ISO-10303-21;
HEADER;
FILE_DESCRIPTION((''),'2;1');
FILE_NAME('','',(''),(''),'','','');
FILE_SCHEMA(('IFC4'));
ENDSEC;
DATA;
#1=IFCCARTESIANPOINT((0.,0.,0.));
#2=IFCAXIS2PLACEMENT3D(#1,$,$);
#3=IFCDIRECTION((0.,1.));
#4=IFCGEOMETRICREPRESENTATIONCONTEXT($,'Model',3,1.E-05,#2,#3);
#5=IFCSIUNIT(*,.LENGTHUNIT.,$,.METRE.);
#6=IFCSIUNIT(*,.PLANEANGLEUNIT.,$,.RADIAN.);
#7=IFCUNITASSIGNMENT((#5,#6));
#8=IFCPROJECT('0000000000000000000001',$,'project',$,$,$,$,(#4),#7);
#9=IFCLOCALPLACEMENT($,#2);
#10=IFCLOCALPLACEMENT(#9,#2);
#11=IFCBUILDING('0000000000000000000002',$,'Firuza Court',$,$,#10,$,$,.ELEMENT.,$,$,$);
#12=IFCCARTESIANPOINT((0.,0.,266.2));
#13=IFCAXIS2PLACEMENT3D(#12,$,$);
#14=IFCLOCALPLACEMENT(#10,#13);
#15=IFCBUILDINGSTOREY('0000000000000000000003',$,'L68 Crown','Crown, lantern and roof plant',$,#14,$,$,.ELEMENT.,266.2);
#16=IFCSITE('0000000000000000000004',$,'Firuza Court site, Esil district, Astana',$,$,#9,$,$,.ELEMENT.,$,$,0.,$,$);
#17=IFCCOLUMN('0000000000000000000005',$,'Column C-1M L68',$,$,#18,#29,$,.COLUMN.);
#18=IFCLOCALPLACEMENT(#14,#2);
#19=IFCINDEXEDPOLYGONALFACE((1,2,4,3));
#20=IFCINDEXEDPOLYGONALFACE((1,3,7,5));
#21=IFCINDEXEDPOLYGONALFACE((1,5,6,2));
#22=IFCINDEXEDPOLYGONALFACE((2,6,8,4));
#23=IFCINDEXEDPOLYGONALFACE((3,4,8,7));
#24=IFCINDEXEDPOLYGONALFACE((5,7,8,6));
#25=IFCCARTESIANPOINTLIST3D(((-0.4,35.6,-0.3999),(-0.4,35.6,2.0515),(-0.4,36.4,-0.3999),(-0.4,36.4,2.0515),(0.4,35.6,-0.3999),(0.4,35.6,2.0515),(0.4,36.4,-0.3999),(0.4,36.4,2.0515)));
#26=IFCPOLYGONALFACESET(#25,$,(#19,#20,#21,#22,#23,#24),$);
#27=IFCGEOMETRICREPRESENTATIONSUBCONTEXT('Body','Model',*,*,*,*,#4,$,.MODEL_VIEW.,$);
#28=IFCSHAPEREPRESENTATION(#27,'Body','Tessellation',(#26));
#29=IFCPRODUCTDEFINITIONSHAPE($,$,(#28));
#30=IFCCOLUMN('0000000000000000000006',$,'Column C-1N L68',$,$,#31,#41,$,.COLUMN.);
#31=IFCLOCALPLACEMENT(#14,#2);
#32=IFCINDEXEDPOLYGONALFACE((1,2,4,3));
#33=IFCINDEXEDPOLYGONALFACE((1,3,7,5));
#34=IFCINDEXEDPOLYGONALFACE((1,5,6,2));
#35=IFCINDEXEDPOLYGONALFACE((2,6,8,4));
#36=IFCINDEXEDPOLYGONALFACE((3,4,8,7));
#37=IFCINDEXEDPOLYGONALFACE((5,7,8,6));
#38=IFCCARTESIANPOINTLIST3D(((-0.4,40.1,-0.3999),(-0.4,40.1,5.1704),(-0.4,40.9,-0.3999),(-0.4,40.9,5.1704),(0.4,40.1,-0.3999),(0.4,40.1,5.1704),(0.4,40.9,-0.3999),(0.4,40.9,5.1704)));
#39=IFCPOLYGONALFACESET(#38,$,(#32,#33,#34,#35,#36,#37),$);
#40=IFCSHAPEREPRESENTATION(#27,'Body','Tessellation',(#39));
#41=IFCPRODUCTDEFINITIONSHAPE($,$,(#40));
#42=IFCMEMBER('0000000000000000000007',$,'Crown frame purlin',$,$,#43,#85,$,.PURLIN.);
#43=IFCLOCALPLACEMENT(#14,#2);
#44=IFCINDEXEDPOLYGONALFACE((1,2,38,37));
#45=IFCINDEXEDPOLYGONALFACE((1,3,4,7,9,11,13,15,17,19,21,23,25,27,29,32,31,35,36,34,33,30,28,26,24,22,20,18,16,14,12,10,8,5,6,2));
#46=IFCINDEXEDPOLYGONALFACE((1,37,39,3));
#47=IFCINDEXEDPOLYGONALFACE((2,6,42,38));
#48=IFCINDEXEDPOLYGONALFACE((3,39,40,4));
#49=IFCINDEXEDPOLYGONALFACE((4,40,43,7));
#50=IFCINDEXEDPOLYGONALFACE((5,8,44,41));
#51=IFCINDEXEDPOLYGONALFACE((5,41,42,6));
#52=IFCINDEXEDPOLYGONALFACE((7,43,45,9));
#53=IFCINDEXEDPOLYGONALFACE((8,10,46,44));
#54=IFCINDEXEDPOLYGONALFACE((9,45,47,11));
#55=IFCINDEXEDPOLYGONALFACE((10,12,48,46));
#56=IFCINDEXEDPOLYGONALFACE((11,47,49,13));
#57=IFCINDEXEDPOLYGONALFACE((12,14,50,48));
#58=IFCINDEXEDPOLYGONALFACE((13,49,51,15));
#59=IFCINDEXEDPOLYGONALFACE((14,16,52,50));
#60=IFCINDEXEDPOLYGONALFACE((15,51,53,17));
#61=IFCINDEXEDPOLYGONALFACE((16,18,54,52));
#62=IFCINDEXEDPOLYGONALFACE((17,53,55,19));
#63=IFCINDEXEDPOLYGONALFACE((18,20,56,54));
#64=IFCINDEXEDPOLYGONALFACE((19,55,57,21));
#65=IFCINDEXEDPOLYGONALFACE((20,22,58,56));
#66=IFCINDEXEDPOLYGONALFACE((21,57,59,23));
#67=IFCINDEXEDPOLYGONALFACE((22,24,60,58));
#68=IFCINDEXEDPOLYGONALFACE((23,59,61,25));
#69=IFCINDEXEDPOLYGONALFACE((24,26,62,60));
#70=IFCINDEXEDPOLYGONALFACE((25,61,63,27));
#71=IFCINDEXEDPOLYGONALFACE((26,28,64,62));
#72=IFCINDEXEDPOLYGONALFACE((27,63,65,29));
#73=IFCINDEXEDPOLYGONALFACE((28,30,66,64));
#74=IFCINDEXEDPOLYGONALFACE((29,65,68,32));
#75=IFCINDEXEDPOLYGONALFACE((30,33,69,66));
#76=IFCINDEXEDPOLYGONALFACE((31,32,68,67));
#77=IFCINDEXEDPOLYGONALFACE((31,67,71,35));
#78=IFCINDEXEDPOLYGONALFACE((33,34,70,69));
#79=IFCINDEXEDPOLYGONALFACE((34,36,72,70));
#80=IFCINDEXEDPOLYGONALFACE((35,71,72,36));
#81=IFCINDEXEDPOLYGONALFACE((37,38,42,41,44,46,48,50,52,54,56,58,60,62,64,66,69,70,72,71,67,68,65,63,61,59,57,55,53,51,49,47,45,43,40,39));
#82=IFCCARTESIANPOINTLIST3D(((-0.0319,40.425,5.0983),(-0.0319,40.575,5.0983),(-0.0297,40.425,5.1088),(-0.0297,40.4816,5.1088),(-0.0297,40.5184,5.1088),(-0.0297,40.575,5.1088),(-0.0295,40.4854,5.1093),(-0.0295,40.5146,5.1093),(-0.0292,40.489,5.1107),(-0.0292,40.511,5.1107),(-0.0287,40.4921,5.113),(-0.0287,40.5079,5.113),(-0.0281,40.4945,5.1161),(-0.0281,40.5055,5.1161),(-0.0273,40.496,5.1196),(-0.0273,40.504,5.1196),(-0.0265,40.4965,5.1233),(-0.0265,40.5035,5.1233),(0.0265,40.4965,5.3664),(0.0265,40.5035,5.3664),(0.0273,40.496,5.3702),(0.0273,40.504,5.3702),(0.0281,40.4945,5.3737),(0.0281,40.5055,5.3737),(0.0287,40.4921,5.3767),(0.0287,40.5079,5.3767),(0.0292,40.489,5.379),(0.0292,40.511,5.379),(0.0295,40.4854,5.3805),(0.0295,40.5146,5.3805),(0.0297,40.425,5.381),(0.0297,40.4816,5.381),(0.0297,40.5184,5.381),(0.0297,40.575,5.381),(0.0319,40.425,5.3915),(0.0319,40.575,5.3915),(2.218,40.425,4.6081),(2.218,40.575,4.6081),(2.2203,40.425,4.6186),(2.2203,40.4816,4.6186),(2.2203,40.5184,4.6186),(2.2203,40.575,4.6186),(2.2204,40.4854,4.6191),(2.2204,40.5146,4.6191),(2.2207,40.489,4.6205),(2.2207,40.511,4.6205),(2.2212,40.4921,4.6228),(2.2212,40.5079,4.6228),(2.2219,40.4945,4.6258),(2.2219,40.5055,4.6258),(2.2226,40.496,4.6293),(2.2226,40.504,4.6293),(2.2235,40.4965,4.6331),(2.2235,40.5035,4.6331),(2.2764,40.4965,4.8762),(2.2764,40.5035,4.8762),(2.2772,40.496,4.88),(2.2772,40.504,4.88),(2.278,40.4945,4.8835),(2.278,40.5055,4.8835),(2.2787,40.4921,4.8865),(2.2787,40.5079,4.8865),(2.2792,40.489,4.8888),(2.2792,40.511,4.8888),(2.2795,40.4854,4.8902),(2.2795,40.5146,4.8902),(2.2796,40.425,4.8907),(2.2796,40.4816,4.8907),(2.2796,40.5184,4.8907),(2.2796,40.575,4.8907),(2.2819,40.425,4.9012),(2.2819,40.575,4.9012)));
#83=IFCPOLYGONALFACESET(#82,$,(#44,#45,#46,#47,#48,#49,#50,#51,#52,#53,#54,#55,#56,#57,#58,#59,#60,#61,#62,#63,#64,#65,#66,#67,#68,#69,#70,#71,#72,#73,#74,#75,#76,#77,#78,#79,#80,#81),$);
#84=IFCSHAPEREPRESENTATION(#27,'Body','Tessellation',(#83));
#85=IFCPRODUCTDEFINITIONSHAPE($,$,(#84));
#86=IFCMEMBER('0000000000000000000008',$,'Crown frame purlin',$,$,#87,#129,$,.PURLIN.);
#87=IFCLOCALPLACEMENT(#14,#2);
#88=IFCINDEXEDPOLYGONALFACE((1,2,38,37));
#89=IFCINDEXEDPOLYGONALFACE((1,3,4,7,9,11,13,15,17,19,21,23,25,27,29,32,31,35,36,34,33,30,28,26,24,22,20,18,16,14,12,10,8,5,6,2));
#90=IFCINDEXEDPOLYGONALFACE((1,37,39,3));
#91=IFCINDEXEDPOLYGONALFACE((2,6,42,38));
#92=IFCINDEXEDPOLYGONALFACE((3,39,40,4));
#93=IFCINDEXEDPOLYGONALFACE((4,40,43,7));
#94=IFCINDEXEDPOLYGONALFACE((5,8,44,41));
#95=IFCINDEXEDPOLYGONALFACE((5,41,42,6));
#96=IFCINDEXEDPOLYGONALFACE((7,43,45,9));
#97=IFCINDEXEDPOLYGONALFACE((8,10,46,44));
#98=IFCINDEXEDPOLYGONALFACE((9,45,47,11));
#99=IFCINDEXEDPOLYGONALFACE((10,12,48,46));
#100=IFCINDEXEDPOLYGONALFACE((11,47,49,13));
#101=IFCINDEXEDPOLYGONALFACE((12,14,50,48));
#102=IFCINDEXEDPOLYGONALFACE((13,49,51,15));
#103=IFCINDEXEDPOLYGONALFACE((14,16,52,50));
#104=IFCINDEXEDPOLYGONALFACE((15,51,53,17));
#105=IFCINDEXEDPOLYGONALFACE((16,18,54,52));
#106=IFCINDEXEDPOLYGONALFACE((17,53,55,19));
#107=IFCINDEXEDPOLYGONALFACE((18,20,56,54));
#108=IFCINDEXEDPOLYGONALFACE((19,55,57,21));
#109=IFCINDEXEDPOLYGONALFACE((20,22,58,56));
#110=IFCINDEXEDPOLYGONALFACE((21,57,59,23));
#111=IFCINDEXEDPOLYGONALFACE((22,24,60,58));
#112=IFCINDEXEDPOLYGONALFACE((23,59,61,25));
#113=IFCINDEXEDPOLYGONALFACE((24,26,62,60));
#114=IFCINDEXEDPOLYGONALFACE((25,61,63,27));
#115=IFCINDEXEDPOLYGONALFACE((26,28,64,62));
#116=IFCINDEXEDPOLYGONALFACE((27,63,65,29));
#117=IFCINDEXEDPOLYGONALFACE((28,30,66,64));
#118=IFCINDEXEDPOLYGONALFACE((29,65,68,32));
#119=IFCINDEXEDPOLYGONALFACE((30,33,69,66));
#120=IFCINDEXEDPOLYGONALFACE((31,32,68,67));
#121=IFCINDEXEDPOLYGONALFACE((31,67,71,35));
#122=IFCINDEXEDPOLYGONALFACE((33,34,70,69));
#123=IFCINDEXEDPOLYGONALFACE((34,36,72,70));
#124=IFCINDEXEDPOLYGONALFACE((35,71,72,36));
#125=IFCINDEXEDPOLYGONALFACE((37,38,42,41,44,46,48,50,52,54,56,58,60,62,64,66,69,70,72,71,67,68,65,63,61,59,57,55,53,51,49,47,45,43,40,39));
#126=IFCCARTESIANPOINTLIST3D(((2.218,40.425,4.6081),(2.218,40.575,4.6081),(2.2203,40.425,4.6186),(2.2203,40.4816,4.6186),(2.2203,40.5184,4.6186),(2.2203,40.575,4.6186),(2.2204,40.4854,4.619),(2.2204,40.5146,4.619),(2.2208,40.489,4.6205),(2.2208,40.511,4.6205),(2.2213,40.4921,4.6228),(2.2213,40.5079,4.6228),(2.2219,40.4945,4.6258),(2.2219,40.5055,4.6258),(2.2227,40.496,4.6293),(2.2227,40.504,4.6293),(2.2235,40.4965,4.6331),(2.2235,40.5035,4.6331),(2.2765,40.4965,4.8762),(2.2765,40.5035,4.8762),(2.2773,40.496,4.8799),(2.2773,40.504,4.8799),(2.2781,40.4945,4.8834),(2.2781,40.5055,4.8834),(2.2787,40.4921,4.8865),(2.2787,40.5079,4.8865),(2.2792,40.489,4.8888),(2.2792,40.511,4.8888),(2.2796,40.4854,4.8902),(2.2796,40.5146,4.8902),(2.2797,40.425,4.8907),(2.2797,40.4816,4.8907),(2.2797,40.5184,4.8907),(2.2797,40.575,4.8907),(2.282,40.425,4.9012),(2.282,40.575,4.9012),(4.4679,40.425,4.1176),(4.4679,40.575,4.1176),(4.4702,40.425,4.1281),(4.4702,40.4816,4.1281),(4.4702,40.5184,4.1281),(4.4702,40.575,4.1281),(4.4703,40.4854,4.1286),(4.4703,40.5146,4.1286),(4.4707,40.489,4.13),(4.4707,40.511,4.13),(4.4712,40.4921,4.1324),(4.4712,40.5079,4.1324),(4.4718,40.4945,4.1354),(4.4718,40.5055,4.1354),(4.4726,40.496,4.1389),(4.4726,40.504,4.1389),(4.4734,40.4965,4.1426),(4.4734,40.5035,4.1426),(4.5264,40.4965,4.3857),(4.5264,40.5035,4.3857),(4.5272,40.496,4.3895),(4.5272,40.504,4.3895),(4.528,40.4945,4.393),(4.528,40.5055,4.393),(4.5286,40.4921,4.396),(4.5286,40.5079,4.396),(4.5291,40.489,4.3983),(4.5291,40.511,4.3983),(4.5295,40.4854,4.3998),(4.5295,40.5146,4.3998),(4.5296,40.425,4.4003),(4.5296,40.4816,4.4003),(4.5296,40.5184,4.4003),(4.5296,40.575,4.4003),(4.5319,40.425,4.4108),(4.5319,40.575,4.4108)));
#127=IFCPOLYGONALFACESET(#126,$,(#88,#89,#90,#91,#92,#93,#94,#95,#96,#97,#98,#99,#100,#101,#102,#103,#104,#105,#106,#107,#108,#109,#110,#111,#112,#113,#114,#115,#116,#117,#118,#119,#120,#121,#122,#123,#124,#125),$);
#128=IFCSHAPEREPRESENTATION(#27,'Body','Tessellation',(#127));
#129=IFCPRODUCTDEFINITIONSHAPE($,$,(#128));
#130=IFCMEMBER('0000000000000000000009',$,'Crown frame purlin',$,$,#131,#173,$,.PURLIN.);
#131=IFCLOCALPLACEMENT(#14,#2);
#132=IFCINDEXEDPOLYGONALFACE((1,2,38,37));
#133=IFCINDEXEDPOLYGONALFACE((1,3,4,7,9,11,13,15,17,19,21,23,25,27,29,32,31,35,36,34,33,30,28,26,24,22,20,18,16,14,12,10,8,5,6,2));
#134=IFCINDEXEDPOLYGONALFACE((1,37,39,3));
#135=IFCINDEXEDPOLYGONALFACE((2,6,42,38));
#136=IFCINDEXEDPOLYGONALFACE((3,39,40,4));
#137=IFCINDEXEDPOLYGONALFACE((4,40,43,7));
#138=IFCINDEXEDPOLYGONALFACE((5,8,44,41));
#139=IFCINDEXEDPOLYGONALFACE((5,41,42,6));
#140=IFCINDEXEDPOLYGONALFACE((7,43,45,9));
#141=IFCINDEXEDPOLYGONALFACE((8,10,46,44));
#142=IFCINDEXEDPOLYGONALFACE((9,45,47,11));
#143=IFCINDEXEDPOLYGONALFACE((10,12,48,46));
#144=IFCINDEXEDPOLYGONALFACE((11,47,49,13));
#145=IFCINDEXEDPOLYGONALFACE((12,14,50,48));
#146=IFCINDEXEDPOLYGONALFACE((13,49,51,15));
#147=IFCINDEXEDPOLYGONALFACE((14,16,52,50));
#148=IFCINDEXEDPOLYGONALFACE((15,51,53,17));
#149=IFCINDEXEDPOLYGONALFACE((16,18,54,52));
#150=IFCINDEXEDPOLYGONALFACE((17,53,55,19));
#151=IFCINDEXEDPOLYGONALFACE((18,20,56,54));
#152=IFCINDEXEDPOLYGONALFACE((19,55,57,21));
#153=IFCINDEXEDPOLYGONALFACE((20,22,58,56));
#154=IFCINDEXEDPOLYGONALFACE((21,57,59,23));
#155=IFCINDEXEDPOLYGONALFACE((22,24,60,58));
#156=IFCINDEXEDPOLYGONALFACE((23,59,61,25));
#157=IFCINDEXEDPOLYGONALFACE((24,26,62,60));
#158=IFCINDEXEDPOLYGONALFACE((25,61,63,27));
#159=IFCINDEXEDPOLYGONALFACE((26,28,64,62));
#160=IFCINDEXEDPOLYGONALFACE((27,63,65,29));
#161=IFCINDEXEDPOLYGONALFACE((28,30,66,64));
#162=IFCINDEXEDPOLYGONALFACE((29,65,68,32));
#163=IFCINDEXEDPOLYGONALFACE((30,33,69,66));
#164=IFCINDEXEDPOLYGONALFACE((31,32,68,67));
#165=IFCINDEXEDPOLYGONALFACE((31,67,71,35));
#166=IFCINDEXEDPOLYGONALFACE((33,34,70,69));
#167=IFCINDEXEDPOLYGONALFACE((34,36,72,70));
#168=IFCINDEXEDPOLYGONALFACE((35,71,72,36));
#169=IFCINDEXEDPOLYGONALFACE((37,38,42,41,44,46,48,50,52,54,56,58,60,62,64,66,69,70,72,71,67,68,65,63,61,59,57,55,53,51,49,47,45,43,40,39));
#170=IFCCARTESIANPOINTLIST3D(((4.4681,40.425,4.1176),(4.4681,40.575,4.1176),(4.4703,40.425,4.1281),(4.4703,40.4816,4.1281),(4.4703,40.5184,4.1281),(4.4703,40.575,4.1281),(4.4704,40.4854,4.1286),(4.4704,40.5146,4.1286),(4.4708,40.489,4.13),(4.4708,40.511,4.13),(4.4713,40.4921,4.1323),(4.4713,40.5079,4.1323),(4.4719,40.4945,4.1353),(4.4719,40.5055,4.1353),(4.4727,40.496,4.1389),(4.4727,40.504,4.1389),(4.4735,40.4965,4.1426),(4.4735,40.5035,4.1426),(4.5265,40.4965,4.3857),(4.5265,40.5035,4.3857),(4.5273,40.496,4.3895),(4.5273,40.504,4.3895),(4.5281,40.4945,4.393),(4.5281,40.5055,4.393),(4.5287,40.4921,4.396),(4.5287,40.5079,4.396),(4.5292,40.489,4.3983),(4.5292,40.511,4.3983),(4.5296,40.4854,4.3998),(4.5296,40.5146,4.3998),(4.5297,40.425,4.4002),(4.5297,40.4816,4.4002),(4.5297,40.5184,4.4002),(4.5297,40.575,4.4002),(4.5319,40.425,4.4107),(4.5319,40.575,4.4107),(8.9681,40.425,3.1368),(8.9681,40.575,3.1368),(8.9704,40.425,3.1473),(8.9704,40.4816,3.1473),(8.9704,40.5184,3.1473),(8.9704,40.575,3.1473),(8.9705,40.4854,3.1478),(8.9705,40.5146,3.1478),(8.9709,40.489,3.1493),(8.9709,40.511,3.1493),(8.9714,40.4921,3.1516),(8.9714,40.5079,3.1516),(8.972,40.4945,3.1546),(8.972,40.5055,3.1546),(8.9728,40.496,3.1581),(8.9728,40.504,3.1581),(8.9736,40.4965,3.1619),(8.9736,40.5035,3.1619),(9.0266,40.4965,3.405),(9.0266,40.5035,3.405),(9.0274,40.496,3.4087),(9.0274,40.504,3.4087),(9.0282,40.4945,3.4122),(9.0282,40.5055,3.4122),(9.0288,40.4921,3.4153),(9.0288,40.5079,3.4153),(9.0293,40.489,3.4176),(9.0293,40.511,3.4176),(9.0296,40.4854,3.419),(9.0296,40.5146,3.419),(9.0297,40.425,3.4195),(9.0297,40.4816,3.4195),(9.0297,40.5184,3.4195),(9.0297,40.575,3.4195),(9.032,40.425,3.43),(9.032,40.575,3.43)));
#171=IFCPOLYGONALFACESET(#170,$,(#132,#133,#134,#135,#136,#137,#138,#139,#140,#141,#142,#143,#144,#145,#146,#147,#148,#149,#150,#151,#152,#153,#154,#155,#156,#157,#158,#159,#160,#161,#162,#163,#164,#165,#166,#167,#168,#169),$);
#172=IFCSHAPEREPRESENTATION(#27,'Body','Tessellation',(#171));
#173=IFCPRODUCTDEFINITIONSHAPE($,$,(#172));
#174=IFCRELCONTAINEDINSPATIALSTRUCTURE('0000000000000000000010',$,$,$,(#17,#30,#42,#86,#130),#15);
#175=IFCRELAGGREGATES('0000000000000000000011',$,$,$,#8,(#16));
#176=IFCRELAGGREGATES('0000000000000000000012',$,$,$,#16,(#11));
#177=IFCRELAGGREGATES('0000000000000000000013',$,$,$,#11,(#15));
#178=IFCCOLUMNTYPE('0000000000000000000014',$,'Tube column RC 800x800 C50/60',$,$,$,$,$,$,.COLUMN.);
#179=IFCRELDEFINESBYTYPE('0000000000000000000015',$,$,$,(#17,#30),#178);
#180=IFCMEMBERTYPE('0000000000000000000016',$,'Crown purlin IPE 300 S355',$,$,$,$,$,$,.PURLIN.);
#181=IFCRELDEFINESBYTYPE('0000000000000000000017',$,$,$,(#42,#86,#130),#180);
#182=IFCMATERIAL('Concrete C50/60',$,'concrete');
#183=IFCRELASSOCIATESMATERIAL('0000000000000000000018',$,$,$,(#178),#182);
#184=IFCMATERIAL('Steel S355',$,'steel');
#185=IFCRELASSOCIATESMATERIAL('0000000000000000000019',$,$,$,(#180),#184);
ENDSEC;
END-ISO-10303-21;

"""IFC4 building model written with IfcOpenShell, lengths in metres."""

from ifc_helpers import new_model, si_unit, direction, frame, origin, origin_2d, place, context, subcontext, project, spatial, rectangle, i_section, extrude, material, material_profile, profile_set, type_object, element, save


model = new_model("IFC4")

# Units and contexts
model_context = context("Model", 3, precision=1e-05, world=origin(), true_north=direction((0.0, 1.0)))
body_context = subcontext(model_context, "Body", "Model", "MODEL_VIEW")
ifc_project = project(units=[si_unit("LENGTHUNIT", "METRE"), si_unit("PLANEANGLEUNIT", "RADIAN")], contexts=[model_context])

# Site, building, storey
site_placement = place(None, origin())
site = spatial("IfcSite", under=ifc_project, at=site_placement, Name="Firuza Court site, Esil district, Astana", CompositionType="ELEMENT", RefElevation=0.0)
building_placement = place(site_placement, origin())
building = spatial("IfcBuilding", under=site, at=building_placement, Name="Firuza Court", CompositionType="ELEMENT")
storey_placement = place(building_placement, frame((0.0, 0.0, 266.2)))
storey = spatial("IfcBuildingStorey", under=building, at=storey_placement, Name="L68 Crown", Description="Crown, lantern and roof plant", CompositionType="ELEMENT", Elevation=266.2)

# Columns
ifc_material_1 = material(Name="Concrete C50/60", Category="concrete")
ifc_material_profile_1 = material_profile(ifc_material_1, rectangle(XDim=0.8, YDim=0.8, at=origin_2d()), Name="RC 800x800")
ifc_profile_set_1 = profile_set([ifc_material_profile_1], Name="Concrete C50/60")
column_type = type_object("IfcColumnType", Name="Tube column RC 800x800 C50/60", PredefinedType="COLUMN", material=ifc_profile_set_1)
column_1_placement = place(storey_placement, frame((0.0, 36.0, -0.3999), z_axis=(0.0, 0.0, 1.0), x_axis=(1.0, 0.0, 0.0)))
element("IfcColumn", 1, at=column_1_placement, inside=storey, type_object=column_type, Name="Column C-1M L68", PredefinedType="COLUMN", context=body_context, shape_type="SweptSolid", body=[
    extrude(rectangle(XDim=0.8, YDim=0.8, at=origin_2d()), origin(), (0.0, 0.0, 1.0), 2.4514),
])
column_2_placement = place(storey_placement, frame((0.0, 40.5, -0.3999), z_axis=(0.0, 0.0, 1.0), x_axis=(1.0, 0.0, 0.0)))
element("IfcColumn", 2, at=column_2_placement, inside=storey, type_object=column_type, Name="Column C-1N L68", PredefinedType="COLUMN", context=body_context, shape_type="SweptSolid", body=[
    extrude(rectangle(XDim=0.8, YDim=0.8, at=origin_2d()), origin(), (0.0, 0.0, 1.0), 5.5703),
])

# Members
ifc_material_2 = material(Name="Steel S355", Category="steel")
ifc_material_profile_2 = material_profile(ifc_material_2, i_section(OverallWidth=0.1499, OverallDepth=0.3, WebThickness=0.0071, FlangeThickness=0.0107, FilletRadius=0.0149, at=origin_2d()), Name="IPE 300")
ifc_profile_set_2 = profile_set([ifc_material_profile_2], Name="Steel S355")
member_type_1 = type_object("IfcMemberType", Name="Crown purlin IPE 300 S355", PredefinedType="PURLIN", material=ifc_profile_set_2)
for number, where, z_axis, x_axis, name in (
    (3, (0.0, 40.5, 5.2449), (0.977077, 0.0, -0.212887), (0.0, 1.0, 0.0), "Crown frame purlin"),
    (4, (2.25, 40.5, 4.7546), (0.977055, 0.0, -0.212989), (0.0, 1.0, 0.0), "Crown frame purlin"),
):
    element("IfcMember", number, at=place(storey_placement, frame(where, z_axis=z_axis, x_axis=x_axis)), inside=storey, type_object=member_type_1, Name=name, PredefinedType="PURLIN", context=body_context, shape_type="SweptSolid", body=[
        extrude(i_section(OverallWidth=0.1499, OverallDepth=0.3, WebThickness=0.0071, FlangeThickness=0.0107, FilletRadius=0.0149, at=origin_2d()), origin(), (0.0, 0.0, 1.0), 2.3027),
    ])
member_1_placement = place(storey_placement, frame((4.5, 40.5, 4.2642), z_axis=(0.977066, 0.0, -0.212938), x_axis=(0.0, 1.0, 0.0)))
element("IfcMember", 5, at=member_1_placement, inside=storey, type_object=member_type_1, Name="Crown frame purlin", PredefinedType="PURLIN", context=body_context, shape_type="SweptSolid", body=[
    extrude(i_section(OverallWidth=0.1499, OverallDepth=0.3, WebThickness=0.0071, FlangeThickness=0.0107, FilletRadius=0.0149, at=origin_2d()), origin(), (0.0, 0.0, 1.0), 4.6057),
])

save(model, "model.ifc")
